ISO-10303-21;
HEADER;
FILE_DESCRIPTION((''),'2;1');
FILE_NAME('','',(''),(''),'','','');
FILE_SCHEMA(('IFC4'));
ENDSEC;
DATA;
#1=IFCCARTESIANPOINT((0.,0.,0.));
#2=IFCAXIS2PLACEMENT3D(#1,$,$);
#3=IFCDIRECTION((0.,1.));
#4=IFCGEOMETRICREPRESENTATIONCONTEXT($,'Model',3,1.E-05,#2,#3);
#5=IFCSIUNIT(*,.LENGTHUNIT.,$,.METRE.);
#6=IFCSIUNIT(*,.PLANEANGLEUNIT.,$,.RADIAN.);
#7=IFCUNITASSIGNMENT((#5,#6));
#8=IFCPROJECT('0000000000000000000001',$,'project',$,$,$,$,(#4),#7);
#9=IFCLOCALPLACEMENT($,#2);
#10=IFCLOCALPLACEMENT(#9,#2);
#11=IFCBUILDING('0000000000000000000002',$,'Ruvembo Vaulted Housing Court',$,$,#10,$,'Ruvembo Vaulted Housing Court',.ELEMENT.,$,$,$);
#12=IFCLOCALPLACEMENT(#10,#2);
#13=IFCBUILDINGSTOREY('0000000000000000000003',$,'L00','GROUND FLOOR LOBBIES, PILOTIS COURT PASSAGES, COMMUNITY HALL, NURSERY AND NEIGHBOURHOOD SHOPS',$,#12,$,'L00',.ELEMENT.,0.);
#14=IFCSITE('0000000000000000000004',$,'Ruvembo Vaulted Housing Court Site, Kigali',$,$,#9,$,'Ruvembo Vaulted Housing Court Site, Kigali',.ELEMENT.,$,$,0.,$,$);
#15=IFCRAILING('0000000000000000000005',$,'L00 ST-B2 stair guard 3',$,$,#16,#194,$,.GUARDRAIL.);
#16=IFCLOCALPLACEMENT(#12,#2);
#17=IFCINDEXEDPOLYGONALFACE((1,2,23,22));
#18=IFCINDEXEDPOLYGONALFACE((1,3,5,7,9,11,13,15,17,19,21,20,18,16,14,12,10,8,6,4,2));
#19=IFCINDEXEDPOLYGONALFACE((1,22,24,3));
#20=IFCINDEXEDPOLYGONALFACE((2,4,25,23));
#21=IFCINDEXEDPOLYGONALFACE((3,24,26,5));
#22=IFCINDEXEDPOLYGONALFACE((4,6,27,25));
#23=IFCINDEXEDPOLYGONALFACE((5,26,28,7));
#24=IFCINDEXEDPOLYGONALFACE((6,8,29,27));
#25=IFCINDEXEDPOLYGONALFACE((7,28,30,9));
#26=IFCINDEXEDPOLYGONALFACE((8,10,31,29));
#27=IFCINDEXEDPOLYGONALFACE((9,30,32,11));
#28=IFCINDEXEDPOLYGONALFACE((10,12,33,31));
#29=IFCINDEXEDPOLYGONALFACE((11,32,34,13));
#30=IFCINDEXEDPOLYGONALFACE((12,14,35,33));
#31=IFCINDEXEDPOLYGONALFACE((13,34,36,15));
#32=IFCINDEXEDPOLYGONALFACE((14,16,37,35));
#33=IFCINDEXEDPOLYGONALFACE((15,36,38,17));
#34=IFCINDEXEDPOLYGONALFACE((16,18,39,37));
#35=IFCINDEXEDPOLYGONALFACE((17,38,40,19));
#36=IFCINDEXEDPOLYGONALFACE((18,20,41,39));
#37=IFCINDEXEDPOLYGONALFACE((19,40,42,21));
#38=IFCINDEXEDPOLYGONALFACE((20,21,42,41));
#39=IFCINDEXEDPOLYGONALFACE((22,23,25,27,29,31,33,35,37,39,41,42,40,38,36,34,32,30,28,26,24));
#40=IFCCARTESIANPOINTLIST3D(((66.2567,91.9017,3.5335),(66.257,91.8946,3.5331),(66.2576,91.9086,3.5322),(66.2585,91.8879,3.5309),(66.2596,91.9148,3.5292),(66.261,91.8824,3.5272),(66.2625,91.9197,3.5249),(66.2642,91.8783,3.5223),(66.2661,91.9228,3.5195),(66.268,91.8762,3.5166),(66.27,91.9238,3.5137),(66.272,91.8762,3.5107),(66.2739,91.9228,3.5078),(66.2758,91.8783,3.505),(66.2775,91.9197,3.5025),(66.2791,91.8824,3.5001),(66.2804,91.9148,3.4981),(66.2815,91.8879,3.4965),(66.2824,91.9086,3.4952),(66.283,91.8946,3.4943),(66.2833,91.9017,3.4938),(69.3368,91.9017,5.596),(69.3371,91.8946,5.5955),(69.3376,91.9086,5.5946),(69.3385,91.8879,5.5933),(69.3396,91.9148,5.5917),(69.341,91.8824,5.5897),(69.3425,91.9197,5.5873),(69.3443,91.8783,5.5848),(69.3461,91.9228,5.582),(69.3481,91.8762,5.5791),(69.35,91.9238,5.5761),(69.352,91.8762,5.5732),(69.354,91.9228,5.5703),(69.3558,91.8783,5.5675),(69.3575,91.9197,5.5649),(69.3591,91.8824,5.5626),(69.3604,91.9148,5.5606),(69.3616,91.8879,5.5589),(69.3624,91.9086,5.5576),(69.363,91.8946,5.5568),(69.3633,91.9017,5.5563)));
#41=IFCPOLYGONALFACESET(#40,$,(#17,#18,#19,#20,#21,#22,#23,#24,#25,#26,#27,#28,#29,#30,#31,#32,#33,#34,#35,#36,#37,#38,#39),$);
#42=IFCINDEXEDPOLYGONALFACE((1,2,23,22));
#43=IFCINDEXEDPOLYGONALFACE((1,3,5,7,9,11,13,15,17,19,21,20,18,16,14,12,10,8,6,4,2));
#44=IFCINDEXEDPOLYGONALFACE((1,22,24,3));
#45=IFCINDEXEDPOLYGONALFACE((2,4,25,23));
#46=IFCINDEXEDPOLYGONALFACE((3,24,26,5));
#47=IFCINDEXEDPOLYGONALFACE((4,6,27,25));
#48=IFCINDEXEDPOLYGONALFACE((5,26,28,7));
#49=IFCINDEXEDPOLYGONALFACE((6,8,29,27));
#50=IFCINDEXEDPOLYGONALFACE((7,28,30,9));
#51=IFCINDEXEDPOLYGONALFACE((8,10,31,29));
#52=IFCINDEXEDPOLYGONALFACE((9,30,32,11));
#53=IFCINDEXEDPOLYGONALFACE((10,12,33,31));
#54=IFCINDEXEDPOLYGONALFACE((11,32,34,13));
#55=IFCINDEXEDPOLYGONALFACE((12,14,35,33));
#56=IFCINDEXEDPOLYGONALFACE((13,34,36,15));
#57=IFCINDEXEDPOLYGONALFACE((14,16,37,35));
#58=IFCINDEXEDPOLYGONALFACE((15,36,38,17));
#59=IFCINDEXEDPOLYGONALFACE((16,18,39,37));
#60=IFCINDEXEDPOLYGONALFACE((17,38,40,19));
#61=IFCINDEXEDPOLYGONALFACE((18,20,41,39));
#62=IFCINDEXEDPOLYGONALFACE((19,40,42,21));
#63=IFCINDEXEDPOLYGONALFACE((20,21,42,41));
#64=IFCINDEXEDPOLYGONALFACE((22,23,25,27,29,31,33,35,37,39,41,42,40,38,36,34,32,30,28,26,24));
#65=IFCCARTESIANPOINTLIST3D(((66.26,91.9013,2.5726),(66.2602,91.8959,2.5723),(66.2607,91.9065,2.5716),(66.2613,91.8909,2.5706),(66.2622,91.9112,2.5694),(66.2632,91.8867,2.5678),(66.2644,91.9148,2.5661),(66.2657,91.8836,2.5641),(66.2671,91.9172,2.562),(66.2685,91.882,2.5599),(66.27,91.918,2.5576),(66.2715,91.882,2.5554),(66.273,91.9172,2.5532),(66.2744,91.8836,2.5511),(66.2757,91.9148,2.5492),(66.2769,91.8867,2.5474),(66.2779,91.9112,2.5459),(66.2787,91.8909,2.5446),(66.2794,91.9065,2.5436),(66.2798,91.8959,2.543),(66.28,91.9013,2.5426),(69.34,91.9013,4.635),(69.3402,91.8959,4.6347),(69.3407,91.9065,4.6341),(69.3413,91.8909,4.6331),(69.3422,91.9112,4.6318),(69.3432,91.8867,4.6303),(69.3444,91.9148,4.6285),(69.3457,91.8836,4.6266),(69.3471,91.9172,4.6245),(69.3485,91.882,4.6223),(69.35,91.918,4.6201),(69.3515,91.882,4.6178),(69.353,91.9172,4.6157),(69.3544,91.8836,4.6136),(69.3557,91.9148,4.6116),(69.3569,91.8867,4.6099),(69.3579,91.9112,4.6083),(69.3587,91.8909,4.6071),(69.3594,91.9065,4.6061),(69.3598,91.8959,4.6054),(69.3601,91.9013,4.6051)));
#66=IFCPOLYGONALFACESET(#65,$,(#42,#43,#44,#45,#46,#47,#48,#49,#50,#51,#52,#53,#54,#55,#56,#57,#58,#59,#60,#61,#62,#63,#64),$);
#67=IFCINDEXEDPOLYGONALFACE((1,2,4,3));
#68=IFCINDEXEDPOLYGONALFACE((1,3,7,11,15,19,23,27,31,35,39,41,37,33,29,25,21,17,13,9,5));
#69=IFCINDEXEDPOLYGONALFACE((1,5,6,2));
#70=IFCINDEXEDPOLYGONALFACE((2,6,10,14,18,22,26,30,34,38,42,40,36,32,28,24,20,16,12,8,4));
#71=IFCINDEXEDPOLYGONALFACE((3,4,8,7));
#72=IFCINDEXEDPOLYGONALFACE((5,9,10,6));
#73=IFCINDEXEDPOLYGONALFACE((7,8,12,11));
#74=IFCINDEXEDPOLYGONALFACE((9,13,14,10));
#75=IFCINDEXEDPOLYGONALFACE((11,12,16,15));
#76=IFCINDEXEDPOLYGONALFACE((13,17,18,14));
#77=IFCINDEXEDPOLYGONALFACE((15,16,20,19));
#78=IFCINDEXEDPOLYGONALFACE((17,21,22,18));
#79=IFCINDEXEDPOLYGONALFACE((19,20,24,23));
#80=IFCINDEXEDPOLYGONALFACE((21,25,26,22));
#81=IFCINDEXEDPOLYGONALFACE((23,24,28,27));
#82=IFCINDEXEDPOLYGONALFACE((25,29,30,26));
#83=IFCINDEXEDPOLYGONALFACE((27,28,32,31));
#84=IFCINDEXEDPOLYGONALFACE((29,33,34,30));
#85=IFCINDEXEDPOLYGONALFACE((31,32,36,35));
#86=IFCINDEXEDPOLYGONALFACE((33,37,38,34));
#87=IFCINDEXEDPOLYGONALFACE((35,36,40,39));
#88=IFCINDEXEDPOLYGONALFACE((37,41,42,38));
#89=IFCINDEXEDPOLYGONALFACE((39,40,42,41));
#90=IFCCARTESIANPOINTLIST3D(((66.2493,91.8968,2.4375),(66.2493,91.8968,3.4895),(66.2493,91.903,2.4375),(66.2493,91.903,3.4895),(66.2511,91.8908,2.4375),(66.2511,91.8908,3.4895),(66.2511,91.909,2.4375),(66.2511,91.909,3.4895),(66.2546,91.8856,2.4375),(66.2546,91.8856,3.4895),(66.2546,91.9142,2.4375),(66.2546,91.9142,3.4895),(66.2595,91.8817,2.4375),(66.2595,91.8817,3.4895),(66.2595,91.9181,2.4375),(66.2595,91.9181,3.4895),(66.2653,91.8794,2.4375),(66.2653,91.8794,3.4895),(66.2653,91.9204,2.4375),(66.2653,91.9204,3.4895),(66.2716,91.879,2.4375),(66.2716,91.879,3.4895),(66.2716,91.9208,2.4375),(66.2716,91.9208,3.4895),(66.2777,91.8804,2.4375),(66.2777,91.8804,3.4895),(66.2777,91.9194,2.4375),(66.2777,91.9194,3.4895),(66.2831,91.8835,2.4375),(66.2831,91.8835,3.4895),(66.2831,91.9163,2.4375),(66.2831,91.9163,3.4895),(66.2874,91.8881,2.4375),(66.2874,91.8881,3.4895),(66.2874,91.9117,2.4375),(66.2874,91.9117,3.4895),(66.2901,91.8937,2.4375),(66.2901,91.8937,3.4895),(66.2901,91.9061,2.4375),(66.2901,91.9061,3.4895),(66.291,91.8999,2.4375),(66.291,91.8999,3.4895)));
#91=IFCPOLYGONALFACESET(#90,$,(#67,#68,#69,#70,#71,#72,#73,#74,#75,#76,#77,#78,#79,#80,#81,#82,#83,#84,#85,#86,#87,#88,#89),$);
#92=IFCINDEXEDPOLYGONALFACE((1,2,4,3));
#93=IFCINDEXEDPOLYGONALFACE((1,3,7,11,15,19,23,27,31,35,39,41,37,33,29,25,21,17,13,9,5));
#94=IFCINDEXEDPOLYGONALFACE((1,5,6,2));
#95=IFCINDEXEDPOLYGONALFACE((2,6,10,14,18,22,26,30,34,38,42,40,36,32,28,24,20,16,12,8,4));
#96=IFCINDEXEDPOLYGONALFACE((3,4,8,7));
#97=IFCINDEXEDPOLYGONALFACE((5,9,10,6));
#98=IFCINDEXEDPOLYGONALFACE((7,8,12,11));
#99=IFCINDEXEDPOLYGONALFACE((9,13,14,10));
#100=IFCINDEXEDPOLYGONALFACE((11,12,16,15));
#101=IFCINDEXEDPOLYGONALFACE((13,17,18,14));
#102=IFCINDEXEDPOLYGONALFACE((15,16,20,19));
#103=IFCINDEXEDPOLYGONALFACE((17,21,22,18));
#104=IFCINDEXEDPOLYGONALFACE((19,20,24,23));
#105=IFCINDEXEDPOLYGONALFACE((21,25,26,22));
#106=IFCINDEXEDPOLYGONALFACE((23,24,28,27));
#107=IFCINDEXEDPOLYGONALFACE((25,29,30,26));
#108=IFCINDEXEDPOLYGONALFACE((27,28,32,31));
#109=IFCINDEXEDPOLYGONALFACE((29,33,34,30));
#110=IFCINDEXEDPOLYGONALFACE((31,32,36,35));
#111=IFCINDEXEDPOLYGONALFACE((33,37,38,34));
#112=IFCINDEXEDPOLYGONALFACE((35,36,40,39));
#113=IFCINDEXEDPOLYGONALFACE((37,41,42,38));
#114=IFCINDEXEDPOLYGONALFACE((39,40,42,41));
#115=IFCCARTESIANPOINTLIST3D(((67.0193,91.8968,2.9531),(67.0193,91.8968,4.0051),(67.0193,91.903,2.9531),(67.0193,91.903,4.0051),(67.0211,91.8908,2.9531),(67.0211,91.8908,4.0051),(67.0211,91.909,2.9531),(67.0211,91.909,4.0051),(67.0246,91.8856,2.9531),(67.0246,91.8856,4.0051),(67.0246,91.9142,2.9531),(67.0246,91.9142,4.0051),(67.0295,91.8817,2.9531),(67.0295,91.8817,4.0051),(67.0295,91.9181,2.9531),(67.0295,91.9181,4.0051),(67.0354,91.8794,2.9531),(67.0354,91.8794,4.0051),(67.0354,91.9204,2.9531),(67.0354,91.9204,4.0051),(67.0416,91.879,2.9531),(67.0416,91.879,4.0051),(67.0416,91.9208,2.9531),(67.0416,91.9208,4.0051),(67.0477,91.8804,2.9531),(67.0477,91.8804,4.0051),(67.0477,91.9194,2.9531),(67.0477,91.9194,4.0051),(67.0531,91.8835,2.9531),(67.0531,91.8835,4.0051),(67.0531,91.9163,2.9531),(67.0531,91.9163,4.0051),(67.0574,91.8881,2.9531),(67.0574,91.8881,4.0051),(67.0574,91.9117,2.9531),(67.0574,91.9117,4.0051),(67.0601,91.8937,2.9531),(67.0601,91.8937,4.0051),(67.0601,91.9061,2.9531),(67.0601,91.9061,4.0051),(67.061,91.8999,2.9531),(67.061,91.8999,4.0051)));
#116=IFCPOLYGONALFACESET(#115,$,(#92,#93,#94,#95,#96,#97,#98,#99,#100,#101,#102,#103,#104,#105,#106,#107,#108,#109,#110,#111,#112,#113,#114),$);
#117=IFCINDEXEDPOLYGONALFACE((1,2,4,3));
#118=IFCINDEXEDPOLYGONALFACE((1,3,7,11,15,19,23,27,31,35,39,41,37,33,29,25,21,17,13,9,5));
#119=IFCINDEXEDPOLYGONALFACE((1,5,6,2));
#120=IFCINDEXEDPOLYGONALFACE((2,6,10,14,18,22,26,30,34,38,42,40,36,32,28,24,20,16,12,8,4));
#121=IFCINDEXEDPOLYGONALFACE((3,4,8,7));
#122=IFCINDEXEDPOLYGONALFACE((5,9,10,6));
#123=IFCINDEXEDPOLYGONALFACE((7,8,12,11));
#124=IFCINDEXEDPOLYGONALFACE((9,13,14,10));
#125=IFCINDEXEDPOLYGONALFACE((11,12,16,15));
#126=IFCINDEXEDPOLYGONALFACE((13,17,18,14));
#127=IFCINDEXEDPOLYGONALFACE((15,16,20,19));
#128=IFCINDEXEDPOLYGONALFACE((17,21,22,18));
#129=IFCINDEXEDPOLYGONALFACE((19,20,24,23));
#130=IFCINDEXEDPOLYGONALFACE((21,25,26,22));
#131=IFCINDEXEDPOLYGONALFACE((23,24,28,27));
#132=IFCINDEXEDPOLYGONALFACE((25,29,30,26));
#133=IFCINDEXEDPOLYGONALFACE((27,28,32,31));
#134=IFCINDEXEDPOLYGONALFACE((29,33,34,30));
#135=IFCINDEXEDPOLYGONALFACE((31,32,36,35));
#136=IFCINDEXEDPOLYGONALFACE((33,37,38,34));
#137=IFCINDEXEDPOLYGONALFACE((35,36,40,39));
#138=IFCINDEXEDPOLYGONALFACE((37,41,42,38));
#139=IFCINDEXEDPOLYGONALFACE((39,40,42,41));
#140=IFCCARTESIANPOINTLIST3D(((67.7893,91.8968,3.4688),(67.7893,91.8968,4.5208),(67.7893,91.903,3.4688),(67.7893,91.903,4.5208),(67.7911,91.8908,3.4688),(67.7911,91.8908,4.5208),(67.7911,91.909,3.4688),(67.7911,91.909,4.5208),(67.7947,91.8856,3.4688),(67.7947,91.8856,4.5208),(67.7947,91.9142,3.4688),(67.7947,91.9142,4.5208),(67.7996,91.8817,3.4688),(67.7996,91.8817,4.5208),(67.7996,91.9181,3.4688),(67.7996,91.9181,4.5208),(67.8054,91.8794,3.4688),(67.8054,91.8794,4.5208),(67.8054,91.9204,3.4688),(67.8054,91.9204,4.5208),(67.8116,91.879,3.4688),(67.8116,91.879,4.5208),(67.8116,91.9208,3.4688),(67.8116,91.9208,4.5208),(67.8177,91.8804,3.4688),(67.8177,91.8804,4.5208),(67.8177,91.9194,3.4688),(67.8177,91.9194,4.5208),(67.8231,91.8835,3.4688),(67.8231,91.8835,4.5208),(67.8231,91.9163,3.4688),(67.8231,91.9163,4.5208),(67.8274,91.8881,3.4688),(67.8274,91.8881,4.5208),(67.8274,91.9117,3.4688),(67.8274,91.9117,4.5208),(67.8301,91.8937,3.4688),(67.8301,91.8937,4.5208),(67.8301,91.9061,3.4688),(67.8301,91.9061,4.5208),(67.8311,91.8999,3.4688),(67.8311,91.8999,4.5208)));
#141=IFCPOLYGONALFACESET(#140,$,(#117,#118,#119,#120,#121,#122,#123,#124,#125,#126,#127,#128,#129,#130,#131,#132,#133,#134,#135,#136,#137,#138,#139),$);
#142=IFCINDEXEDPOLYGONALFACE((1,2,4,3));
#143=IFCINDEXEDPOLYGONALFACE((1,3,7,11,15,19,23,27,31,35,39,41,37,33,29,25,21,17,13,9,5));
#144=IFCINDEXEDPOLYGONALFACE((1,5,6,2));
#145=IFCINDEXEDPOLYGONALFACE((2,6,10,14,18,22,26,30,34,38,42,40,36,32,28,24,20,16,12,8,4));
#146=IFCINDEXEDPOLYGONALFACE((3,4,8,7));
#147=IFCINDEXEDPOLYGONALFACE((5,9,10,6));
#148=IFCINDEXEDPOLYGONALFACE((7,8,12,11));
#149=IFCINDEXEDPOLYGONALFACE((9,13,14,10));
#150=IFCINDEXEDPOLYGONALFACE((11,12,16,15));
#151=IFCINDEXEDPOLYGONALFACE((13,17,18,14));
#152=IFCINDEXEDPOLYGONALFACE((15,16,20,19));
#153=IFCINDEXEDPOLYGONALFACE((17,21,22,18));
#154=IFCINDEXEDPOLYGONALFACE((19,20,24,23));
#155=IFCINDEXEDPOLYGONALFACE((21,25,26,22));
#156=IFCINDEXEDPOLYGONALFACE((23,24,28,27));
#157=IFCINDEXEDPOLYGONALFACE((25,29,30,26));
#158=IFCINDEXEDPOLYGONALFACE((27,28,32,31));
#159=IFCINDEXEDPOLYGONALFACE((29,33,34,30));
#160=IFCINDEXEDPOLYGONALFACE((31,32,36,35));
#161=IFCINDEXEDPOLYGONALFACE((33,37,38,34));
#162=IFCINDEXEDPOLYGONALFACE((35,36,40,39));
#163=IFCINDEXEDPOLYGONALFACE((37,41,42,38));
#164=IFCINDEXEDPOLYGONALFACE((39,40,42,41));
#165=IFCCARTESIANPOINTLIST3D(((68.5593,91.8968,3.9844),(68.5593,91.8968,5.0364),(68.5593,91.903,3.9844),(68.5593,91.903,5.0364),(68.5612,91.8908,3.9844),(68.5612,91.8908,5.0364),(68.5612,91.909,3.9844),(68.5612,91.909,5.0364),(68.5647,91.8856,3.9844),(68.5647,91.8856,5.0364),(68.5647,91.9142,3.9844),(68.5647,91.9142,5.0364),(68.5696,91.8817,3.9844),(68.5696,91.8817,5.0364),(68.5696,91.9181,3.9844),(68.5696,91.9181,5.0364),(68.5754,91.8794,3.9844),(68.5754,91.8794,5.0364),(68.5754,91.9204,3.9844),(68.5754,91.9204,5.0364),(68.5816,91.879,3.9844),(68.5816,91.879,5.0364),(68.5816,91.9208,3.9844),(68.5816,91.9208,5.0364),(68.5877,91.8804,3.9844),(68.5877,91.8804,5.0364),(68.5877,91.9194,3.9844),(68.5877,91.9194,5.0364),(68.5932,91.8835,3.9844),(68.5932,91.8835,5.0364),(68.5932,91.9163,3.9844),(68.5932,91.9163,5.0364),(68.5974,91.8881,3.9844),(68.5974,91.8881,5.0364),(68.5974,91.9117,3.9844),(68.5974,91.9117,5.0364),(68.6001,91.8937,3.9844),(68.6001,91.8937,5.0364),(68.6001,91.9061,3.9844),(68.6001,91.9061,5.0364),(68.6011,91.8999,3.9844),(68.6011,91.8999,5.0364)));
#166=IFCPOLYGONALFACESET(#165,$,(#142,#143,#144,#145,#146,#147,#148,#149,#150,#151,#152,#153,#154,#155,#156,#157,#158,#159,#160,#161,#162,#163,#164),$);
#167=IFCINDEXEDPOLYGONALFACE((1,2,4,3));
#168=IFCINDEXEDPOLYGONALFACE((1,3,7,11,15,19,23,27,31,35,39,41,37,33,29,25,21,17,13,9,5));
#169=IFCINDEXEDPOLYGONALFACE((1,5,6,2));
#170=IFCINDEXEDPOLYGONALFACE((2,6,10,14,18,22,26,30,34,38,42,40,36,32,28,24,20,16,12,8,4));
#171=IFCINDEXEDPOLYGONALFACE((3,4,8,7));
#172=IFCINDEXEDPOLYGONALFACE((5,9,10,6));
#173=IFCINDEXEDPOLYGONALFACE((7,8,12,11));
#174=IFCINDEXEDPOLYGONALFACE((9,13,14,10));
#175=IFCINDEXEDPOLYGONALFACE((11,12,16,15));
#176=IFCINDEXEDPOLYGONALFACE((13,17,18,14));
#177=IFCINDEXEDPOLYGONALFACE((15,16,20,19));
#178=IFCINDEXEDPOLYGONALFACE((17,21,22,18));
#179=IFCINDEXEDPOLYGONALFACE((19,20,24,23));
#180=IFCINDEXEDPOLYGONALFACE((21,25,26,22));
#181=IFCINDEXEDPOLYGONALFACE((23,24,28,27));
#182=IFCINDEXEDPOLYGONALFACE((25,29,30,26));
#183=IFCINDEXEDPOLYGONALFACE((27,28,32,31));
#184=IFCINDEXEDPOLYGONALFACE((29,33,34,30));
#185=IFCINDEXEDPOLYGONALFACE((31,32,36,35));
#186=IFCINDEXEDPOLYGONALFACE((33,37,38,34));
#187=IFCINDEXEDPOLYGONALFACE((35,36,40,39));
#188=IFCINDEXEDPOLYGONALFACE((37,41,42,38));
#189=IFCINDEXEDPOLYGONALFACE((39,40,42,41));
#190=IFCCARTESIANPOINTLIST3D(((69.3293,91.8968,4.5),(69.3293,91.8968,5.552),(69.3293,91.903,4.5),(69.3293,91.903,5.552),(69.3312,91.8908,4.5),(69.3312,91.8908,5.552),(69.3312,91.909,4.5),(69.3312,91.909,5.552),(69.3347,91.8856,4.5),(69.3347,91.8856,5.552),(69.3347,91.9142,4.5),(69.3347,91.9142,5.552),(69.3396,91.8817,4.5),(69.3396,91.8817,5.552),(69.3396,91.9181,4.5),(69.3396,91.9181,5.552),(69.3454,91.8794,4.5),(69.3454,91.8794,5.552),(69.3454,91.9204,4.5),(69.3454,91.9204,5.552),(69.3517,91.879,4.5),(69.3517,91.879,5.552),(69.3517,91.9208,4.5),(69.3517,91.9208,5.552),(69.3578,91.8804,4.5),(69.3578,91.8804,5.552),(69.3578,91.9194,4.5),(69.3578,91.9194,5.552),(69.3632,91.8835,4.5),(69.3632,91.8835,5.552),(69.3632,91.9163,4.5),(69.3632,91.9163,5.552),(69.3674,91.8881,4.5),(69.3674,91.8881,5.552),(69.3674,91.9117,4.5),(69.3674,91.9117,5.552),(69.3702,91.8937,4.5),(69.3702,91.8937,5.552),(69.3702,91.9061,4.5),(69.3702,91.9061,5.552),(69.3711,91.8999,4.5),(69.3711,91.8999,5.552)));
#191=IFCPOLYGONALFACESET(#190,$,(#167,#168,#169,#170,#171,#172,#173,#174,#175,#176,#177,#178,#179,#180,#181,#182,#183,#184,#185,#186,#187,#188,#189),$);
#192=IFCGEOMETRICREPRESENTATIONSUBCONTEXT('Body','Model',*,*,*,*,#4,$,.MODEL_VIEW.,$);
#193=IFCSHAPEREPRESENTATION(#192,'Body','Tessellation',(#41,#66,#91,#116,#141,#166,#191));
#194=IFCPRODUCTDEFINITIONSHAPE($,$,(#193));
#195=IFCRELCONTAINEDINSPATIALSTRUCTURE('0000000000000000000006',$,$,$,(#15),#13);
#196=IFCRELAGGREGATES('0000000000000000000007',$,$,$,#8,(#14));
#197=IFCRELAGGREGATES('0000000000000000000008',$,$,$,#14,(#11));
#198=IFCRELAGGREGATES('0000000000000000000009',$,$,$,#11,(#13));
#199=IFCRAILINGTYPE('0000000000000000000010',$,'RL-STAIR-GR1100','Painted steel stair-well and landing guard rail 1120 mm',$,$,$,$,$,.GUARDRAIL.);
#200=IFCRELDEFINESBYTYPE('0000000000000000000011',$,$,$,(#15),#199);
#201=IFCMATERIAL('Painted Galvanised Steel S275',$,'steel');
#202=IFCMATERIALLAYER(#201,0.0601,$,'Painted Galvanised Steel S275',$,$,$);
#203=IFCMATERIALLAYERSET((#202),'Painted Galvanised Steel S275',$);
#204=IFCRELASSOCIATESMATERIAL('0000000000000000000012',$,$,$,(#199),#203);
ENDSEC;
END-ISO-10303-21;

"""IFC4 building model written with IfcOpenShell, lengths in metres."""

from ifc_helpers import new_model, si_unit, direction, frame, origin, origin_2d, place, context, subcontext, project, spatial, circle, extrude, material, layer, layer_set, type_object, element, save


model = new_model("IFC4")

# Units and contexts
model_context = context("Model", 3, precision=1e-05, world=origin(), true_north=direction((0.0, 1.0)))
body_context = subcontext(model_context, "Body", "Model", "MODEL_VIEW")
ifc_project = project(units=[si_unit("LENGTHUNIT", "METRE"), si_unit("PLANEANGLEUNIT", "RADIAN")], contexts=[model_context])

# Site, building, storey
site_placement = place(None, origin())
site = spatial("IfcSite", under=ifc_project, at=site_placement, Name="Ruvembo Vaulted Housing Court Site, Kigali", LongName="Ruvembo Vaulted Housing Court Site, Kigali", CompositionType="ELEMENT", RefElevation=0.0)
building_placement = place(site_placement, origin())
building = spatial("IfcBuilding", under=site, at=building_placement, Name="Ruvembo Vaulted Housing Court", LongName="Ruvembo Vaulted Housing Court", CompositionType="ELEMENT")
storey_placement = place(building_placement, origin())
storey = spatial("IfcBuildingStorey", under=building, at=storey_placement, Name="L00", Description="GROUND FLOOR LOBBIES, PILOTIS COURT PASSAGES, COMMUNITY HALL, NURSERY AND NEIGHBOURHOOD SHOPS", LongName="L00", CompositionType="ELEMENT", Elevation=0.0)

# Railing
ifc_material_1 = material(Name="Painted Galvanised Steel S275", Category="steel")
ifc_layer_1 = layer(ifc_material_1, 0.0601, Name="Painted Galvanised Steel S275")
ifc_layer_set_1 = layer_set([ifc_layer_1], Name="Painted Galvanised Steel S275")
railing_type_1 = type_object("IfcRailingType", Name="RL-STAIR-GR1100", Description="Painted steel stair-well and landing guard rail 1120 mm", PredefinedType="GUARDRAIL", material=ifc_layer_set_1)
railing_1_placement = place(storey_placement, frame((66.27, 91.8999, 2.4375)))
element("IfcRailing", 1, at=railing_1_placement, inside=storey, type_object=railing_type_1, Name="L00 ST-B2 stair guard 3", PredefinedType="GUARDRAIL", context=body_context, shape_type="SweptSolid", body=[
    extrude(circle(Radius=0.0239, at=origin_2d()), frame((0.0, 0.0, 1.0762), z_axis=(0.830914, 0.0, 0.556401), x_axis=(0.0, 1.0, 0.0)), (0.0, 0.0, 1.0), 3.7068),
    extrude(circle(Radius=0.0181, at=origin_2d()), frame((0.0, 0.0, 0.1201), z_axis=(0.830914, 0.0, 0.556401), x_axis=(0.0, 1.0, 0.0)), (0.0, 0.0, 1.0), 3.7068),
    extrude(circle(Radius=0.021, at=origin_2d()), origin(), (0.0, 0.0, 1.0), 1.052),
    extrude(circle(Radius=0.021, at=origin_2d()), frame((0.77, 0.0, 0.5156)), (0.0, 0.0, 1.0), 1.052),
    extrude(circle(Radius=0.021, at=origin_2d()), frame((1.54, 0.0, 1.0312)), (0.0, 0.0, 1.0), 1.052),
    extrude(circle(Radius=0.021, at=origin_2d()), frame((2.3101, 0.0, 1.5469)), (0.0, 0.0, 1.0), 1.052),
    extrude(circle(Radius=0.021, at=origin_2d()), frame((3.0801, 0.0, 2.0625)), (0.0, 0.0, 1.0), 1.052),
])

save(model, "model.ifc")
